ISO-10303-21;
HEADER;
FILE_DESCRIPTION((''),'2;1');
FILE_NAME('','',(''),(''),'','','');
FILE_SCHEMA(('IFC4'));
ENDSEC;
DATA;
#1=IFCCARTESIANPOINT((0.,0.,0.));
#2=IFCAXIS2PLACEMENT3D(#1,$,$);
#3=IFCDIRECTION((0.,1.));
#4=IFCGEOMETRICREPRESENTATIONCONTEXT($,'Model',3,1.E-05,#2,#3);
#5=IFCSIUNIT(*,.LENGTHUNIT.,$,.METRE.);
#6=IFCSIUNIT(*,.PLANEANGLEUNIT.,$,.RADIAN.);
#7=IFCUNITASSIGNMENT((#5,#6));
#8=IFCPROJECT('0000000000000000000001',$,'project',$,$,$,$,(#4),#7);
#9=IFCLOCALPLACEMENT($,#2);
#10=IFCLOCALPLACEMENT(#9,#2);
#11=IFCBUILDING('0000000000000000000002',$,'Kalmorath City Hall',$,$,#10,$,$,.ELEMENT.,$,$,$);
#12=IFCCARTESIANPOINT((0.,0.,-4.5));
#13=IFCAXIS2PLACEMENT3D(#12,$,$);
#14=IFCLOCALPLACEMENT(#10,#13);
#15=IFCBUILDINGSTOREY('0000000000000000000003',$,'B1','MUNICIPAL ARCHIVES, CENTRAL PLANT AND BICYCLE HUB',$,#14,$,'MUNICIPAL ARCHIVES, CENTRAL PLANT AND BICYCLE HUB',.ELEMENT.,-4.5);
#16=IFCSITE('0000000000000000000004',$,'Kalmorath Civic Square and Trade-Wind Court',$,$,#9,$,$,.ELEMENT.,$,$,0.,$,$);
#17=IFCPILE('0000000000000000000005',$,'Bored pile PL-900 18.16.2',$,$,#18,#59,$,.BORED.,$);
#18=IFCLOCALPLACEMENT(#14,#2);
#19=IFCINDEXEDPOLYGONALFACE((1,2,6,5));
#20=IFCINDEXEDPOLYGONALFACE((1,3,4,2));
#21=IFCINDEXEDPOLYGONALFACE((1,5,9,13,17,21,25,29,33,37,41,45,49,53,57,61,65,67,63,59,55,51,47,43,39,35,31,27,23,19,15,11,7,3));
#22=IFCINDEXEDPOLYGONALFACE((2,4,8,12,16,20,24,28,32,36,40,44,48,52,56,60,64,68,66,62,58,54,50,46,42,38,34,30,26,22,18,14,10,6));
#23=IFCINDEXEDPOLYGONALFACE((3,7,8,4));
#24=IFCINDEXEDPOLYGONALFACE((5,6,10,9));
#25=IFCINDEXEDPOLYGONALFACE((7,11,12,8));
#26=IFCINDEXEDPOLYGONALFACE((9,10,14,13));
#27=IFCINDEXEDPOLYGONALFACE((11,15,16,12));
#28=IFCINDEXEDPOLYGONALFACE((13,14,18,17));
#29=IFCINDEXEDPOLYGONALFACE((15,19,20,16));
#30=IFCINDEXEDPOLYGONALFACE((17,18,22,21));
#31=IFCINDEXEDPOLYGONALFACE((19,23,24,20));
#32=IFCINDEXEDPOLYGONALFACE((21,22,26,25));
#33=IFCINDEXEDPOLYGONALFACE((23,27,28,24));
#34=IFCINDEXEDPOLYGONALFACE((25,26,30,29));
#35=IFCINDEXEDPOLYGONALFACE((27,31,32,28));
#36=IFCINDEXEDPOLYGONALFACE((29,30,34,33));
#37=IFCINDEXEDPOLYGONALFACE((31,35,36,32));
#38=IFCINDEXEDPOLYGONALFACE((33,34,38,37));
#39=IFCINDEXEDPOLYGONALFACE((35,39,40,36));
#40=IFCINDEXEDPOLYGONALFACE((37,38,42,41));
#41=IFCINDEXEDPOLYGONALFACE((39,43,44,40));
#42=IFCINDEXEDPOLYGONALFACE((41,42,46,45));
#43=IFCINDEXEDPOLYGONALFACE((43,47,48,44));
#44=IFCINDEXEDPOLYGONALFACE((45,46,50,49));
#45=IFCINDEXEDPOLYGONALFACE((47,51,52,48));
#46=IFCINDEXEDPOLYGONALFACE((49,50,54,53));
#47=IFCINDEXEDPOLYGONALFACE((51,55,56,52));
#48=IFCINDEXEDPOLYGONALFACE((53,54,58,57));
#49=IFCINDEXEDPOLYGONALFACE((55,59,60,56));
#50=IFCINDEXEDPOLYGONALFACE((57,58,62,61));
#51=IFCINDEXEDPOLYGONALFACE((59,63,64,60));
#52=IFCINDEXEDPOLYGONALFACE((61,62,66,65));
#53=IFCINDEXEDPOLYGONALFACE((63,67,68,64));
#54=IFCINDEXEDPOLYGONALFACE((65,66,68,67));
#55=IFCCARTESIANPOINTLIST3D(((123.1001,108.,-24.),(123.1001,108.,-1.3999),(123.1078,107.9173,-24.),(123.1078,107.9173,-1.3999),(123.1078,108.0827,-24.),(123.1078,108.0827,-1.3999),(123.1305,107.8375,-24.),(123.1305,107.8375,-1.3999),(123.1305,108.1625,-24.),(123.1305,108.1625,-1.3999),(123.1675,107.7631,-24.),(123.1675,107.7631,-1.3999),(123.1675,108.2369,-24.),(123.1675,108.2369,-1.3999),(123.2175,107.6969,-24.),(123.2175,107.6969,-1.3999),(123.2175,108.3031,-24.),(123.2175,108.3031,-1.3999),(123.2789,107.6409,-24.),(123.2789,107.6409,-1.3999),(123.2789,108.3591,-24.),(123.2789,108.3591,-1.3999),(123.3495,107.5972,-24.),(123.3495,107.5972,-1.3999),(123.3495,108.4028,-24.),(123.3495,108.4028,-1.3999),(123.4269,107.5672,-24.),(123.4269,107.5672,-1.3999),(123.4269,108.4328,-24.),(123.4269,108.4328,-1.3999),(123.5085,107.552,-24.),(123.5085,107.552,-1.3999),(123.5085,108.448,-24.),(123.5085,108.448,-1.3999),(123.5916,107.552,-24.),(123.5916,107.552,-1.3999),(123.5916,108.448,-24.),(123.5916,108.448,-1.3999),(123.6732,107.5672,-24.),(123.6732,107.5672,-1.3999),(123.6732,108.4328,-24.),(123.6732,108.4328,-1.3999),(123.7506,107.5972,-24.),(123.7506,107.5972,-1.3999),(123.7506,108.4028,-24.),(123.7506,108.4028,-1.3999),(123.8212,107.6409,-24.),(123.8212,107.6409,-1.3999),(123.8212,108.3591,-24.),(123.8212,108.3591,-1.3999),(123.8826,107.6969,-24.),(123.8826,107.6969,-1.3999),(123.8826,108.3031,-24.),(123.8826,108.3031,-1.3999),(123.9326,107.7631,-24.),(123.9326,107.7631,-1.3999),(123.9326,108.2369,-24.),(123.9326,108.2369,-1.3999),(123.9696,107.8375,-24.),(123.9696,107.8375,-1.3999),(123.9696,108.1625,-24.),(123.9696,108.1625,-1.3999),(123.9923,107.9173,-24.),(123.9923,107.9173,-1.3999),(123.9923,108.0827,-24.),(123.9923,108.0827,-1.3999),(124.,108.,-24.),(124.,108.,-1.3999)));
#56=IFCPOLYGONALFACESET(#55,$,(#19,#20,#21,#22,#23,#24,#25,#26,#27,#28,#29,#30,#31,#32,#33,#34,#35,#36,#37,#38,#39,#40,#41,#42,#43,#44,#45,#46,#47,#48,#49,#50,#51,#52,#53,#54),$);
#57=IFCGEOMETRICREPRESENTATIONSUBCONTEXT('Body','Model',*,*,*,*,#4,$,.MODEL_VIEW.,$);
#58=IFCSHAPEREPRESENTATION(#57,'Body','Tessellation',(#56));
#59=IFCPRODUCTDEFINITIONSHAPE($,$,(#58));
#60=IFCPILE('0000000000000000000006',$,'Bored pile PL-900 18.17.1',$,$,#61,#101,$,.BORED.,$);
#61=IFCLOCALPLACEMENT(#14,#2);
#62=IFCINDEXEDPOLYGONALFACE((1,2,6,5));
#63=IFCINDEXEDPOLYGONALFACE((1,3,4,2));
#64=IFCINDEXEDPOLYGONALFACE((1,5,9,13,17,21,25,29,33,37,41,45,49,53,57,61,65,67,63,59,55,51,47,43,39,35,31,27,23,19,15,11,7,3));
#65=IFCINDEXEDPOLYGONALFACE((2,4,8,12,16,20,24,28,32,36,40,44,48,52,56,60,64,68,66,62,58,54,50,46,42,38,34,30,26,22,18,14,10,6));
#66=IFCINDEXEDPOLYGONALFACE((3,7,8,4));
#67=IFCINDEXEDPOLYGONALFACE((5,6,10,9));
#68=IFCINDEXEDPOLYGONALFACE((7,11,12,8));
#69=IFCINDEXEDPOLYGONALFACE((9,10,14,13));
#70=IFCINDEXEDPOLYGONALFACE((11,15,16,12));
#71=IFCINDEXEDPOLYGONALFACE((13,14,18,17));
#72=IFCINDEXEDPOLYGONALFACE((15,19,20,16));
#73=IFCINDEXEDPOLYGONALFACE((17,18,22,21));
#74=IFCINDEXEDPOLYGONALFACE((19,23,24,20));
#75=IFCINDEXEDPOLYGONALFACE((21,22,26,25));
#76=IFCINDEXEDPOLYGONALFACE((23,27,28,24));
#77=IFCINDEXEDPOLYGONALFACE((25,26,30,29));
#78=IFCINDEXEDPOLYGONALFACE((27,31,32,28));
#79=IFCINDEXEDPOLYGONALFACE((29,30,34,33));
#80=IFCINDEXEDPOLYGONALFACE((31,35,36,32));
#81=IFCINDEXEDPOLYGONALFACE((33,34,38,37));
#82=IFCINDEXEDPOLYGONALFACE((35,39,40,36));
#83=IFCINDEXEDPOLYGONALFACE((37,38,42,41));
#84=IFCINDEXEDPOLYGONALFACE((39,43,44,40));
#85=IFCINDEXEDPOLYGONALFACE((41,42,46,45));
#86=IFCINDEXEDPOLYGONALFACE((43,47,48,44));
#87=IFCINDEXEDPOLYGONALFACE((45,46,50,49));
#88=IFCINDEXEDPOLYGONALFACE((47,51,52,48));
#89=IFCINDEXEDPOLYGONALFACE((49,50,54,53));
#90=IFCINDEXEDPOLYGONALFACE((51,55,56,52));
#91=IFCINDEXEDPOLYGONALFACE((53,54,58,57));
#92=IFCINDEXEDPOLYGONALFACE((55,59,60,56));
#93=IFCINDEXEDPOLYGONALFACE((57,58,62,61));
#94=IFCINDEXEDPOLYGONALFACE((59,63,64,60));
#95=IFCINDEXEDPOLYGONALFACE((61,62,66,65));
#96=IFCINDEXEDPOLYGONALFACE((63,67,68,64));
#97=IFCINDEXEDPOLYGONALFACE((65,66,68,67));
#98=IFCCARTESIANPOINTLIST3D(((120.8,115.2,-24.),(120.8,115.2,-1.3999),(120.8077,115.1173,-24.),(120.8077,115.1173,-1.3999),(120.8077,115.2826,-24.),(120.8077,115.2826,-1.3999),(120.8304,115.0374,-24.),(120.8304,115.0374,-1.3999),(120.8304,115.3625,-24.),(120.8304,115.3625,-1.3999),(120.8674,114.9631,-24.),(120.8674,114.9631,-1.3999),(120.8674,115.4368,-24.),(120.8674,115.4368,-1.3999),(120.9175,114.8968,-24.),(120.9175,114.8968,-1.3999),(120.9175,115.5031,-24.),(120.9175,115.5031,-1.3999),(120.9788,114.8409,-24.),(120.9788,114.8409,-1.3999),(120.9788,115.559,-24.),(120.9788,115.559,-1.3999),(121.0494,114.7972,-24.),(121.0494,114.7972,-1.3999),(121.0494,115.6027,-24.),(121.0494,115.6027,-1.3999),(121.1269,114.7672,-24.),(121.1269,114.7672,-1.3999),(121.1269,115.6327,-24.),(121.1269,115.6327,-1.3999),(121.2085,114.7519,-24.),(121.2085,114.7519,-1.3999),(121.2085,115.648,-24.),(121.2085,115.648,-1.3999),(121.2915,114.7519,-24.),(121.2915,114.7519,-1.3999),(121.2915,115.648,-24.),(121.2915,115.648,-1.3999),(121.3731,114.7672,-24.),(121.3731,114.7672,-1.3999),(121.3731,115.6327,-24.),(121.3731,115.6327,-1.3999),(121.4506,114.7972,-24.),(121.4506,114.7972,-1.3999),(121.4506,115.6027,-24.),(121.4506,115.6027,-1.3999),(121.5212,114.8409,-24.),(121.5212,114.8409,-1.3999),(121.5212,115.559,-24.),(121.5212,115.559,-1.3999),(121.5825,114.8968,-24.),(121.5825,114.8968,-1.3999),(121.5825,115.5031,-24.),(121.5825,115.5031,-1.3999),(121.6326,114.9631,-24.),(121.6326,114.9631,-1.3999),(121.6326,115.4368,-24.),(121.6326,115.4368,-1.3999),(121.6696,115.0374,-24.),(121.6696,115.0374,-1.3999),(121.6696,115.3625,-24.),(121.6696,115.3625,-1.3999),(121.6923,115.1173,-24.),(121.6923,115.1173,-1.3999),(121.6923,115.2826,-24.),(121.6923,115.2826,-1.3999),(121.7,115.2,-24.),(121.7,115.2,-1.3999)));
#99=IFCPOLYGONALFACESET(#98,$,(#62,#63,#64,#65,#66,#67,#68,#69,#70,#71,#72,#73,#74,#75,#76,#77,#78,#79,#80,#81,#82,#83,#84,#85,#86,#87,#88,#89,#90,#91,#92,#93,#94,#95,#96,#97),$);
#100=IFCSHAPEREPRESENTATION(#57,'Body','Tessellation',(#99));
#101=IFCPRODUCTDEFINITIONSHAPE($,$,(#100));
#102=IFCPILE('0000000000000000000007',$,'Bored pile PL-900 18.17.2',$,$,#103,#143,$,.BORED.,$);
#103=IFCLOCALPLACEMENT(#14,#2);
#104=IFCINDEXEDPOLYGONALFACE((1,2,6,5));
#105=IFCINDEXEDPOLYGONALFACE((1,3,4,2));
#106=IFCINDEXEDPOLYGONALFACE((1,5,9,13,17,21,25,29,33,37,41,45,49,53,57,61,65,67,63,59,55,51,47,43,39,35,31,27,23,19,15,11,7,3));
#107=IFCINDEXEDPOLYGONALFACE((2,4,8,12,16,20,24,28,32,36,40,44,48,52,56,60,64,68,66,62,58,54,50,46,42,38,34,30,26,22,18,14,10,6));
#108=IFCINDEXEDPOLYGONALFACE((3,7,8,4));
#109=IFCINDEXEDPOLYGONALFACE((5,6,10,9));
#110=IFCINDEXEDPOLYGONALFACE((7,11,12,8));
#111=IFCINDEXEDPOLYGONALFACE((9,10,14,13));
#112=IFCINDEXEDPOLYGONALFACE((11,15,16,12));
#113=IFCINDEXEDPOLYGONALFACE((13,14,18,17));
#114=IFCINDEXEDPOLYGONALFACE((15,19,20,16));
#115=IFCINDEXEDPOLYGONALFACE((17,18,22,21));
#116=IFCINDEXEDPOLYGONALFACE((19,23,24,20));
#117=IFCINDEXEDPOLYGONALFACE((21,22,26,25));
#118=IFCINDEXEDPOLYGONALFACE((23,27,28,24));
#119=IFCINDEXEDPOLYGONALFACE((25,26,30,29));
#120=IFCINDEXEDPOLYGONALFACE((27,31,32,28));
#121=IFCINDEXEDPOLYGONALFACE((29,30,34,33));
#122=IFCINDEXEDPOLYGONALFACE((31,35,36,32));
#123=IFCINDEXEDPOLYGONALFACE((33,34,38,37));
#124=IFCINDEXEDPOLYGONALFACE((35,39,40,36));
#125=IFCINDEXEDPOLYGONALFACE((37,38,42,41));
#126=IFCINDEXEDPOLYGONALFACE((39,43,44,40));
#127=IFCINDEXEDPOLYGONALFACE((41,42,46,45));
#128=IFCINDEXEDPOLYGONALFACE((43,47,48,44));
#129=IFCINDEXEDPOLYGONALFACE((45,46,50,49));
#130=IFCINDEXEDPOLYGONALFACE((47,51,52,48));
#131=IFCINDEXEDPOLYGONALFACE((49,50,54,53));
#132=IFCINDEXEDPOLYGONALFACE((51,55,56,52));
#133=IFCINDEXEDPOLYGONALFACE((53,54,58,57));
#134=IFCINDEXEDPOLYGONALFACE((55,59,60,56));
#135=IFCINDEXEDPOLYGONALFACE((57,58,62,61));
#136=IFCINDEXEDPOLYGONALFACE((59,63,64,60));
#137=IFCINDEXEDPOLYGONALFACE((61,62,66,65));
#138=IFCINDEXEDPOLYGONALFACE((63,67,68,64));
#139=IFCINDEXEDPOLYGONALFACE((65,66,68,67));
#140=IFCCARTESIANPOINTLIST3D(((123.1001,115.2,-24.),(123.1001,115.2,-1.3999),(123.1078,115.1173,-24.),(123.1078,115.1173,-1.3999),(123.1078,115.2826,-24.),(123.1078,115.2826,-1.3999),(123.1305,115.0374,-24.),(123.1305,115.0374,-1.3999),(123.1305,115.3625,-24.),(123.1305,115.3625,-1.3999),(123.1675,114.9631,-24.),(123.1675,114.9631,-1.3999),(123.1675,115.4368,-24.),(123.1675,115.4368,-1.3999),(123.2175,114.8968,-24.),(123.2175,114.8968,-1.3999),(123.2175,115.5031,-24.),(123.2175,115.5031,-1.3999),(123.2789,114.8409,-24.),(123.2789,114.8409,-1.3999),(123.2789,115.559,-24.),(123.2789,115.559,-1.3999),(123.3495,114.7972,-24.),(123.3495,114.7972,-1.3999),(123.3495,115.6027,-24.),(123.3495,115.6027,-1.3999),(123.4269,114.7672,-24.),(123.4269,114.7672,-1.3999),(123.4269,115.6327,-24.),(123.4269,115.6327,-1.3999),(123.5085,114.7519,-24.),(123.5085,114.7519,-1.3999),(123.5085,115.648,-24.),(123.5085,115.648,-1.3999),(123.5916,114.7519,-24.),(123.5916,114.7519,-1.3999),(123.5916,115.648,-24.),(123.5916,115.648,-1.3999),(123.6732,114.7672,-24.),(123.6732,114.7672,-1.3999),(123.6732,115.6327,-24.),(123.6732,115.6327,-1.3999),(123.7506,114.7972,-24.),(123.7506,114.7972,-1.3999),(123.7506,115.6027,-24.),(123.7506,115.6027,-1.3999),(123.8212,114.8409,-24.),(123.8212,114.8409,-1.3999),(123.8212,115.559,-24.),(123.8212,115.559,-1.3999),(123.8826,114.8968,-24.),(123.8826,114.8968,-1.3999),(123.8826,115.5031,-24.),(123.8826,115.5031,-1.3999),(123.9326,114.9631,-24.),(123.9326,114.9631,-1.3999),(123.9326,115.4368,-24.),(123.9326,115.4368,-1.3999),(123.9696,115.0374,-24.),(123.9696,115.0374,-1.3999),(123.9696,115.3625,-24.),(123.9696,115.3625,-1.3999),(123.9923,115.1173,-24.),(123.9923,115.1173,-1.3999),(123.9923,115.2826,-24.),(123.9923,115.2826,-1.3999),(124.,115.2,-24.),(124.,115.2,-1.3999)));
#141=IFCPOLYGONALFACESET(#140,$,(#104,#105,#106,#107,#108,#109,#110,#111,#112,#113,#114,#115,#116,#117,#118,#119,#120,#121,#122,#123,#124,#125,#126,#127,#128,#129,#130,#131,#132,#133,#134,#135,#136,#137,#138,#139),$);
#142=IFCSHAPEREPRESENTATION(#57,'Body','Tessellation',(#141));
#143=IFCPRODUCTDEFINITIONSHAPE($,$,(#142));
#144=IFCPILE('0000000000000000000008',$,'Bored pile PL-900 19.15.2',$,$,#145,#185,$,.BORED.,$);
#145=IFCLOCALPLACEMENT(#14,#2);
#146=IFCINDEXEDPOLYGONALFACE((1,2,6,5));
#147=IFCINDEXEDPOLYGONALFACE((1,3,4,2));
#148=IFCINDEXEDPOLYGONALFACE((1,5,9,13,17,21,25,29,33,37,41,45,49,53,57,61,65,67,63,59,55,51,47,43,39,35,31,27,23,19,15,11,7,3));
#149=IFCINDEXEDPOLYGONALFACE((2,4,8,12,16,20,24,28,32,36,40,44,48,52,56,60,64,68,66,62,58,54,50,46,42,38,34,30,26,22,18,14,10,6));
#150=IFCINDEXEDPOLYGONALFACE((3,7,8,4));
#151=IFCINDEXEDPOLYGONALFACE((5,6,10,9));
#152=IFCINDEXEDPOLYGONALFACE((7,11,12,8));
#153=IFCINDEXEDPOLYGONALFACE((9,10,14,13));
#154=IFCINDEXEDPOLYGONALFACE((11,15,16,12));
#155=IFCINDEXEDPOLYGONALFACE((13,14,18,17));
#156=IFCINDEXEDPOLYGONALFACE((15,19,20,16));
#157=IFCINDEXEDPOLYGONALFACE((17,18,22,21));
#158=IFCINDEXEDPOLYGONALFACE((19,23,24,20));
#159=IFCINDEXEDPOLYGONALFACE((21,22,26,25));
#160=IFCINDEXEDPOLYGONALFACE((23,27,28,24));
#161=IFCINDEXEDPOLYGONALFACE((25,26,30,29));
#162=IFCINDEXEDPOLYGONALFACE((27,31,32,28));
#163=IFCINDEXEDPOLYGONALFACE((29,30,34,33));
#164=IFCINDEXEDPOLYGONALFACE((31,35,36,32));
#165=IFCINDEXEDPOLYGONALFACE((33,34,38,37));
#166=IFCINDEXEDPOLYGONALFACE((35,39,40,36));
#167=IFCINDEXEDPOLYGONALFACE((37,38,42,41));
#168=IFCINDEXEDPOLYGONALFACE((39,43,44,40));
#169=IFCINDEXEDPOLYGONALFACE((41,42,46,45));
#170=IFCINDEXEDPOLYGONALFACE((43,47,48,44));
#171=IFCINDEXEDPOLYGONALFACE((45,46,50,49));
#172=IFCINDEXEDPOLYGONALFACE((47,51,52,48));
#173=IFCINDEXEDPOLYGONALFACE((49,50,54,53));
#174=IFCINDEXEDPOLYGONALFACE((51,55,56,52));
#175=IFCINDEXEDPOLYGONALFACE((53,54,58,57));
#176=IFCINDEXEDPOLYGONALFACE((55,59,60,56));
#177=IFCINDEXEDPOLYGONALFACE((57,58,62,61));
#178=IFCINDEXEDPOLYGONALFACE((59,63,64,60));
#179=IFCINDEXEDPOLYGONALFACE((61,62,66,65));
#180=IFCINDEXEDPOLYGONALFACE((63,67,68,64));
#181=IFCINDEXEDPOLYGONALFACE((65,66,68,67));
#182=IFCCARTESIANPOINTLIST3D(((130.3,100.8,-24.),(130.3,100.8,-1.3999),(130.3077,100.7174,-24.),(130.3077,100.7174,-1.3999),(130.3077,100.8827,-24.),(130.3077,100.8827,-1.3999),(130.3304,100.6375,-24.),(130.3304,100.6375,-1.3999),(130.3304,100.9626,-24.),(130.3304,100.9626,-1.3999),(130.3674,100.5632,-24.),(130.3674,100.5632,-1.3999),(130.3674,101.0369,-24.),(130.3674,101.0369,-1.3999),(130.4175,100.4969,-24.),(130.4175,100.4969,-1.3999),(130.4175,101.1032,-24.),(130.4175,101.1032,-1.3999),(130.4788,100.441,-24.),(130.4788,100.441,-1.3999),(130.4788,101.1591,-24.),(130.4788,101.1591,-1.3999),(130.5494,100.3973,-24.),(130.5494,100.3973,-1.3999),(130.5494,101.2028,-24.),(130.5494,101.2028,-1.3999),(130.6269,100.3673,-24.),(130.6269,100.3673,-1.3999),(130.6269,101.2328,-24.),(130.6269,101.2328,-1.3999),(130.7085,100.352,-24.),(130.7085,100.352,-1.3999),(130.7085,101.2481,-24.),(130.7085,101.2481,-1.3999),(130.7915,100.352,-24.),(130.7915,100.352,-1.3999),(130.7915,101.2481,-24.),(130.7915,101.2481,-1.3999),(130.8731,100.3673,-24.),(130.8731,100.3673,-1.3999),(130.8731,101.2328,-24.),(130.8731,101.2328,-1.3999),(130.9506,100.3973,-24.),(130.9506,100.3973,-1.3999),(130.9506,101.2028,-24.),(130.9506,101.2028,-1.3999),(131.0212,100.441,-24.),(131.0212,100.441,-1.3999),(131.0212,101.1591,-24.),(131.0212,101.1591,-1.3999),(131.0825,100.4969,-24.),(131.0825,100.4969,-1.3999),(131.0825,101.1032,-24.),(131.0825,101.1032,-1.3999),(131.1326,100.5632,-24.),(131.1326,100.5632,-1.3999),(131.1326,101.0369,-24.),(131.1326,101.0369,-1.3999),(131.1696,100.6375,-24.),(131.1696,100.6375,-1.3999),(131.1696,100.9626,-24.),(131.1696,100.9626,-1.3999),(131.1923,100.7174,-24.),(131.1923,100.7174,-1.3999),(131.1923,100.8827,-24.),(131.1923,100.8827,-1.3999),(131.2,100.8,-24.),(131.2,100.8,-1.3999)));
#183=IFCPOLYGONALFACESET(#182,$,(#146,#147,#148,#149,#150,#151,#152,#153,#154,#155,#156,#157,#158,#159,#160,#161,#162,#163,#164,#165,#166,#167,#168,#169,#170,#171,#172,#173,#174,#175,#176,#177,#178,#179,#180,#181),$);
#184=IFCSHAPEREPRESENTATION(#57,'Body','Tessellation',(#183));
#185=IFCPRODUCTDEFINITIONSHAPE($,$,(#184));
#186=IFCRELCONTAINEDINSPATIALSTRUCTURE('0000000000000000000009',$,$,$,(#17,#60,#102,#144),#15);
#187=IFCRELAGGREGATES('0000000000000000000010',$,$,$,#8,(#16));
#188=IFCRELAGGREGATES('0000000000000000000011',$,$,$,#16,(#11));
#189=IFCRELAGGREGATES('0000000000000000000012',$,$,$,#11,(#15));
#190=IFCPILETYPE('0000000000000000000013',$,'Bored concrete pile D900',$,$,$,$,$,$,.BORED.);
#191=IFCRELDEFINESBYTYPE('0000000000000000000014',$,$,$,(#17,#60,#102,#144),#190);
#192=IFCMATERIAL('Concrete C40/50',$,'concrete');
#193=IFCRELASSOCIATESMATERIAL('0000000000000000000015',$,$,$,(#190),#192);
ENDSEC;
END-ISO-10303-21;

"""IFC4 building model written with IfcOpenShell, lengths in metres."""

from ifc_helpers import new_model, si_unit, direction, frame, origin, origin_2d, place, context, subcontext, project, spatial, circle, extrude, material, material_profile, profile_set, type_object, element, save


model = new_model("IFC4")

# Units and contexts
model_context = context("Model", 3, precision=1e-05, world=origin(), true_north=direction((0.0, 1.0)))
body_context = subcontext(model_context, "Body", "Model", "MODEL_VIEW")
ifc_project = project(units=[si_unit("LENGTHUNIT", "METRE"), si_unit("PLANEANGLEUNIT", "RADIAN")], contexts=[model_context])

# Site, building, storey
site_placement = place(None, origin())
site = spatial("IfcSite", under=ifc_project, at=site_placement, Name="Kalmorath Civic Square and Trade-Wind Court", CompositionType="ELEMENT", RefElevation=0.0)
building_placement = place(site_placement, origin())
building = spatial("IfcBuilding", under=site, at=building_placement, Name="Kalmorath City Hall", CompositionType="ELEMENT")
storey_placement = place(building_placement, frame((0.0, 0.0, -4.5)))
storey = spatial("IfcBuildingStorey", under=building, at=storey_placement, Name="B1", Description="MUNICIPAL ARCHIVES, CENTRAL PLANT AND BICYCLE HUB", LongName="MUNICIPAL ARCHIVES, CENTRAL PLANT AND BICYCLE HUB", CompositionType="ELEMENT", Elevation=-4.5)

# Piles
ifc_material_1 = material(Name="Concrete C40/50", Category="concrete")
ifc_material_profile_1 = material_profile(ifc_material_1, circle(Radius=0.45, at=origin_2d()), Name="PILE-D900")
ifc_profile_set_1 = profile_set([ifc_material_profile_1], Name="Concrete C40/50")
pile_type = type_object("IfcPileType", Name="Bored concrete pile D900", PredefinedType="BORED", material=ifc_profile_set_1)
for number, where, z_axis, x_axis, name in (
    (1, (123.55, 108.0, -1.3999), (0.0, 0.0, -1.0), (1.0, 0.0, 0.0), "Bored pile PL-900 18.16.2"),
    (2, (121.25, 115.2, -1.3999), (0.0, 0.0, -1.0), (1.0, 0.0, 0.0), "Bored pile PL-900 18.17.1"),
    (3, (123.55, 115.2, -1.3999), (0.0, 0.0, -1.0), (1.0, 0.0, 0.0), "Bored pile PL-900 18.17.2"),
    (4, (130.75, 100.8, -1.3999), (0.0, 0.0, -1.0), (1.0, 0.0, 0.0), "Bored pile PL-900 19.15.2"),
):
    element("IfcPile", number, at=place(storey_placement, frame(where, z_axis=z_axis, x_axis=x_axis)), inside=storey, type_object=pile_type, Name=name, PredefinedType="BORED", context=body_context, shape_type="SweptSolid", body=[
        extrude(circle(Radius=0.45, at=origin_2d()), origin(), (0.0, 0.0, 1.0), 22.6001),
    ])

save(model, "model.ifc")
